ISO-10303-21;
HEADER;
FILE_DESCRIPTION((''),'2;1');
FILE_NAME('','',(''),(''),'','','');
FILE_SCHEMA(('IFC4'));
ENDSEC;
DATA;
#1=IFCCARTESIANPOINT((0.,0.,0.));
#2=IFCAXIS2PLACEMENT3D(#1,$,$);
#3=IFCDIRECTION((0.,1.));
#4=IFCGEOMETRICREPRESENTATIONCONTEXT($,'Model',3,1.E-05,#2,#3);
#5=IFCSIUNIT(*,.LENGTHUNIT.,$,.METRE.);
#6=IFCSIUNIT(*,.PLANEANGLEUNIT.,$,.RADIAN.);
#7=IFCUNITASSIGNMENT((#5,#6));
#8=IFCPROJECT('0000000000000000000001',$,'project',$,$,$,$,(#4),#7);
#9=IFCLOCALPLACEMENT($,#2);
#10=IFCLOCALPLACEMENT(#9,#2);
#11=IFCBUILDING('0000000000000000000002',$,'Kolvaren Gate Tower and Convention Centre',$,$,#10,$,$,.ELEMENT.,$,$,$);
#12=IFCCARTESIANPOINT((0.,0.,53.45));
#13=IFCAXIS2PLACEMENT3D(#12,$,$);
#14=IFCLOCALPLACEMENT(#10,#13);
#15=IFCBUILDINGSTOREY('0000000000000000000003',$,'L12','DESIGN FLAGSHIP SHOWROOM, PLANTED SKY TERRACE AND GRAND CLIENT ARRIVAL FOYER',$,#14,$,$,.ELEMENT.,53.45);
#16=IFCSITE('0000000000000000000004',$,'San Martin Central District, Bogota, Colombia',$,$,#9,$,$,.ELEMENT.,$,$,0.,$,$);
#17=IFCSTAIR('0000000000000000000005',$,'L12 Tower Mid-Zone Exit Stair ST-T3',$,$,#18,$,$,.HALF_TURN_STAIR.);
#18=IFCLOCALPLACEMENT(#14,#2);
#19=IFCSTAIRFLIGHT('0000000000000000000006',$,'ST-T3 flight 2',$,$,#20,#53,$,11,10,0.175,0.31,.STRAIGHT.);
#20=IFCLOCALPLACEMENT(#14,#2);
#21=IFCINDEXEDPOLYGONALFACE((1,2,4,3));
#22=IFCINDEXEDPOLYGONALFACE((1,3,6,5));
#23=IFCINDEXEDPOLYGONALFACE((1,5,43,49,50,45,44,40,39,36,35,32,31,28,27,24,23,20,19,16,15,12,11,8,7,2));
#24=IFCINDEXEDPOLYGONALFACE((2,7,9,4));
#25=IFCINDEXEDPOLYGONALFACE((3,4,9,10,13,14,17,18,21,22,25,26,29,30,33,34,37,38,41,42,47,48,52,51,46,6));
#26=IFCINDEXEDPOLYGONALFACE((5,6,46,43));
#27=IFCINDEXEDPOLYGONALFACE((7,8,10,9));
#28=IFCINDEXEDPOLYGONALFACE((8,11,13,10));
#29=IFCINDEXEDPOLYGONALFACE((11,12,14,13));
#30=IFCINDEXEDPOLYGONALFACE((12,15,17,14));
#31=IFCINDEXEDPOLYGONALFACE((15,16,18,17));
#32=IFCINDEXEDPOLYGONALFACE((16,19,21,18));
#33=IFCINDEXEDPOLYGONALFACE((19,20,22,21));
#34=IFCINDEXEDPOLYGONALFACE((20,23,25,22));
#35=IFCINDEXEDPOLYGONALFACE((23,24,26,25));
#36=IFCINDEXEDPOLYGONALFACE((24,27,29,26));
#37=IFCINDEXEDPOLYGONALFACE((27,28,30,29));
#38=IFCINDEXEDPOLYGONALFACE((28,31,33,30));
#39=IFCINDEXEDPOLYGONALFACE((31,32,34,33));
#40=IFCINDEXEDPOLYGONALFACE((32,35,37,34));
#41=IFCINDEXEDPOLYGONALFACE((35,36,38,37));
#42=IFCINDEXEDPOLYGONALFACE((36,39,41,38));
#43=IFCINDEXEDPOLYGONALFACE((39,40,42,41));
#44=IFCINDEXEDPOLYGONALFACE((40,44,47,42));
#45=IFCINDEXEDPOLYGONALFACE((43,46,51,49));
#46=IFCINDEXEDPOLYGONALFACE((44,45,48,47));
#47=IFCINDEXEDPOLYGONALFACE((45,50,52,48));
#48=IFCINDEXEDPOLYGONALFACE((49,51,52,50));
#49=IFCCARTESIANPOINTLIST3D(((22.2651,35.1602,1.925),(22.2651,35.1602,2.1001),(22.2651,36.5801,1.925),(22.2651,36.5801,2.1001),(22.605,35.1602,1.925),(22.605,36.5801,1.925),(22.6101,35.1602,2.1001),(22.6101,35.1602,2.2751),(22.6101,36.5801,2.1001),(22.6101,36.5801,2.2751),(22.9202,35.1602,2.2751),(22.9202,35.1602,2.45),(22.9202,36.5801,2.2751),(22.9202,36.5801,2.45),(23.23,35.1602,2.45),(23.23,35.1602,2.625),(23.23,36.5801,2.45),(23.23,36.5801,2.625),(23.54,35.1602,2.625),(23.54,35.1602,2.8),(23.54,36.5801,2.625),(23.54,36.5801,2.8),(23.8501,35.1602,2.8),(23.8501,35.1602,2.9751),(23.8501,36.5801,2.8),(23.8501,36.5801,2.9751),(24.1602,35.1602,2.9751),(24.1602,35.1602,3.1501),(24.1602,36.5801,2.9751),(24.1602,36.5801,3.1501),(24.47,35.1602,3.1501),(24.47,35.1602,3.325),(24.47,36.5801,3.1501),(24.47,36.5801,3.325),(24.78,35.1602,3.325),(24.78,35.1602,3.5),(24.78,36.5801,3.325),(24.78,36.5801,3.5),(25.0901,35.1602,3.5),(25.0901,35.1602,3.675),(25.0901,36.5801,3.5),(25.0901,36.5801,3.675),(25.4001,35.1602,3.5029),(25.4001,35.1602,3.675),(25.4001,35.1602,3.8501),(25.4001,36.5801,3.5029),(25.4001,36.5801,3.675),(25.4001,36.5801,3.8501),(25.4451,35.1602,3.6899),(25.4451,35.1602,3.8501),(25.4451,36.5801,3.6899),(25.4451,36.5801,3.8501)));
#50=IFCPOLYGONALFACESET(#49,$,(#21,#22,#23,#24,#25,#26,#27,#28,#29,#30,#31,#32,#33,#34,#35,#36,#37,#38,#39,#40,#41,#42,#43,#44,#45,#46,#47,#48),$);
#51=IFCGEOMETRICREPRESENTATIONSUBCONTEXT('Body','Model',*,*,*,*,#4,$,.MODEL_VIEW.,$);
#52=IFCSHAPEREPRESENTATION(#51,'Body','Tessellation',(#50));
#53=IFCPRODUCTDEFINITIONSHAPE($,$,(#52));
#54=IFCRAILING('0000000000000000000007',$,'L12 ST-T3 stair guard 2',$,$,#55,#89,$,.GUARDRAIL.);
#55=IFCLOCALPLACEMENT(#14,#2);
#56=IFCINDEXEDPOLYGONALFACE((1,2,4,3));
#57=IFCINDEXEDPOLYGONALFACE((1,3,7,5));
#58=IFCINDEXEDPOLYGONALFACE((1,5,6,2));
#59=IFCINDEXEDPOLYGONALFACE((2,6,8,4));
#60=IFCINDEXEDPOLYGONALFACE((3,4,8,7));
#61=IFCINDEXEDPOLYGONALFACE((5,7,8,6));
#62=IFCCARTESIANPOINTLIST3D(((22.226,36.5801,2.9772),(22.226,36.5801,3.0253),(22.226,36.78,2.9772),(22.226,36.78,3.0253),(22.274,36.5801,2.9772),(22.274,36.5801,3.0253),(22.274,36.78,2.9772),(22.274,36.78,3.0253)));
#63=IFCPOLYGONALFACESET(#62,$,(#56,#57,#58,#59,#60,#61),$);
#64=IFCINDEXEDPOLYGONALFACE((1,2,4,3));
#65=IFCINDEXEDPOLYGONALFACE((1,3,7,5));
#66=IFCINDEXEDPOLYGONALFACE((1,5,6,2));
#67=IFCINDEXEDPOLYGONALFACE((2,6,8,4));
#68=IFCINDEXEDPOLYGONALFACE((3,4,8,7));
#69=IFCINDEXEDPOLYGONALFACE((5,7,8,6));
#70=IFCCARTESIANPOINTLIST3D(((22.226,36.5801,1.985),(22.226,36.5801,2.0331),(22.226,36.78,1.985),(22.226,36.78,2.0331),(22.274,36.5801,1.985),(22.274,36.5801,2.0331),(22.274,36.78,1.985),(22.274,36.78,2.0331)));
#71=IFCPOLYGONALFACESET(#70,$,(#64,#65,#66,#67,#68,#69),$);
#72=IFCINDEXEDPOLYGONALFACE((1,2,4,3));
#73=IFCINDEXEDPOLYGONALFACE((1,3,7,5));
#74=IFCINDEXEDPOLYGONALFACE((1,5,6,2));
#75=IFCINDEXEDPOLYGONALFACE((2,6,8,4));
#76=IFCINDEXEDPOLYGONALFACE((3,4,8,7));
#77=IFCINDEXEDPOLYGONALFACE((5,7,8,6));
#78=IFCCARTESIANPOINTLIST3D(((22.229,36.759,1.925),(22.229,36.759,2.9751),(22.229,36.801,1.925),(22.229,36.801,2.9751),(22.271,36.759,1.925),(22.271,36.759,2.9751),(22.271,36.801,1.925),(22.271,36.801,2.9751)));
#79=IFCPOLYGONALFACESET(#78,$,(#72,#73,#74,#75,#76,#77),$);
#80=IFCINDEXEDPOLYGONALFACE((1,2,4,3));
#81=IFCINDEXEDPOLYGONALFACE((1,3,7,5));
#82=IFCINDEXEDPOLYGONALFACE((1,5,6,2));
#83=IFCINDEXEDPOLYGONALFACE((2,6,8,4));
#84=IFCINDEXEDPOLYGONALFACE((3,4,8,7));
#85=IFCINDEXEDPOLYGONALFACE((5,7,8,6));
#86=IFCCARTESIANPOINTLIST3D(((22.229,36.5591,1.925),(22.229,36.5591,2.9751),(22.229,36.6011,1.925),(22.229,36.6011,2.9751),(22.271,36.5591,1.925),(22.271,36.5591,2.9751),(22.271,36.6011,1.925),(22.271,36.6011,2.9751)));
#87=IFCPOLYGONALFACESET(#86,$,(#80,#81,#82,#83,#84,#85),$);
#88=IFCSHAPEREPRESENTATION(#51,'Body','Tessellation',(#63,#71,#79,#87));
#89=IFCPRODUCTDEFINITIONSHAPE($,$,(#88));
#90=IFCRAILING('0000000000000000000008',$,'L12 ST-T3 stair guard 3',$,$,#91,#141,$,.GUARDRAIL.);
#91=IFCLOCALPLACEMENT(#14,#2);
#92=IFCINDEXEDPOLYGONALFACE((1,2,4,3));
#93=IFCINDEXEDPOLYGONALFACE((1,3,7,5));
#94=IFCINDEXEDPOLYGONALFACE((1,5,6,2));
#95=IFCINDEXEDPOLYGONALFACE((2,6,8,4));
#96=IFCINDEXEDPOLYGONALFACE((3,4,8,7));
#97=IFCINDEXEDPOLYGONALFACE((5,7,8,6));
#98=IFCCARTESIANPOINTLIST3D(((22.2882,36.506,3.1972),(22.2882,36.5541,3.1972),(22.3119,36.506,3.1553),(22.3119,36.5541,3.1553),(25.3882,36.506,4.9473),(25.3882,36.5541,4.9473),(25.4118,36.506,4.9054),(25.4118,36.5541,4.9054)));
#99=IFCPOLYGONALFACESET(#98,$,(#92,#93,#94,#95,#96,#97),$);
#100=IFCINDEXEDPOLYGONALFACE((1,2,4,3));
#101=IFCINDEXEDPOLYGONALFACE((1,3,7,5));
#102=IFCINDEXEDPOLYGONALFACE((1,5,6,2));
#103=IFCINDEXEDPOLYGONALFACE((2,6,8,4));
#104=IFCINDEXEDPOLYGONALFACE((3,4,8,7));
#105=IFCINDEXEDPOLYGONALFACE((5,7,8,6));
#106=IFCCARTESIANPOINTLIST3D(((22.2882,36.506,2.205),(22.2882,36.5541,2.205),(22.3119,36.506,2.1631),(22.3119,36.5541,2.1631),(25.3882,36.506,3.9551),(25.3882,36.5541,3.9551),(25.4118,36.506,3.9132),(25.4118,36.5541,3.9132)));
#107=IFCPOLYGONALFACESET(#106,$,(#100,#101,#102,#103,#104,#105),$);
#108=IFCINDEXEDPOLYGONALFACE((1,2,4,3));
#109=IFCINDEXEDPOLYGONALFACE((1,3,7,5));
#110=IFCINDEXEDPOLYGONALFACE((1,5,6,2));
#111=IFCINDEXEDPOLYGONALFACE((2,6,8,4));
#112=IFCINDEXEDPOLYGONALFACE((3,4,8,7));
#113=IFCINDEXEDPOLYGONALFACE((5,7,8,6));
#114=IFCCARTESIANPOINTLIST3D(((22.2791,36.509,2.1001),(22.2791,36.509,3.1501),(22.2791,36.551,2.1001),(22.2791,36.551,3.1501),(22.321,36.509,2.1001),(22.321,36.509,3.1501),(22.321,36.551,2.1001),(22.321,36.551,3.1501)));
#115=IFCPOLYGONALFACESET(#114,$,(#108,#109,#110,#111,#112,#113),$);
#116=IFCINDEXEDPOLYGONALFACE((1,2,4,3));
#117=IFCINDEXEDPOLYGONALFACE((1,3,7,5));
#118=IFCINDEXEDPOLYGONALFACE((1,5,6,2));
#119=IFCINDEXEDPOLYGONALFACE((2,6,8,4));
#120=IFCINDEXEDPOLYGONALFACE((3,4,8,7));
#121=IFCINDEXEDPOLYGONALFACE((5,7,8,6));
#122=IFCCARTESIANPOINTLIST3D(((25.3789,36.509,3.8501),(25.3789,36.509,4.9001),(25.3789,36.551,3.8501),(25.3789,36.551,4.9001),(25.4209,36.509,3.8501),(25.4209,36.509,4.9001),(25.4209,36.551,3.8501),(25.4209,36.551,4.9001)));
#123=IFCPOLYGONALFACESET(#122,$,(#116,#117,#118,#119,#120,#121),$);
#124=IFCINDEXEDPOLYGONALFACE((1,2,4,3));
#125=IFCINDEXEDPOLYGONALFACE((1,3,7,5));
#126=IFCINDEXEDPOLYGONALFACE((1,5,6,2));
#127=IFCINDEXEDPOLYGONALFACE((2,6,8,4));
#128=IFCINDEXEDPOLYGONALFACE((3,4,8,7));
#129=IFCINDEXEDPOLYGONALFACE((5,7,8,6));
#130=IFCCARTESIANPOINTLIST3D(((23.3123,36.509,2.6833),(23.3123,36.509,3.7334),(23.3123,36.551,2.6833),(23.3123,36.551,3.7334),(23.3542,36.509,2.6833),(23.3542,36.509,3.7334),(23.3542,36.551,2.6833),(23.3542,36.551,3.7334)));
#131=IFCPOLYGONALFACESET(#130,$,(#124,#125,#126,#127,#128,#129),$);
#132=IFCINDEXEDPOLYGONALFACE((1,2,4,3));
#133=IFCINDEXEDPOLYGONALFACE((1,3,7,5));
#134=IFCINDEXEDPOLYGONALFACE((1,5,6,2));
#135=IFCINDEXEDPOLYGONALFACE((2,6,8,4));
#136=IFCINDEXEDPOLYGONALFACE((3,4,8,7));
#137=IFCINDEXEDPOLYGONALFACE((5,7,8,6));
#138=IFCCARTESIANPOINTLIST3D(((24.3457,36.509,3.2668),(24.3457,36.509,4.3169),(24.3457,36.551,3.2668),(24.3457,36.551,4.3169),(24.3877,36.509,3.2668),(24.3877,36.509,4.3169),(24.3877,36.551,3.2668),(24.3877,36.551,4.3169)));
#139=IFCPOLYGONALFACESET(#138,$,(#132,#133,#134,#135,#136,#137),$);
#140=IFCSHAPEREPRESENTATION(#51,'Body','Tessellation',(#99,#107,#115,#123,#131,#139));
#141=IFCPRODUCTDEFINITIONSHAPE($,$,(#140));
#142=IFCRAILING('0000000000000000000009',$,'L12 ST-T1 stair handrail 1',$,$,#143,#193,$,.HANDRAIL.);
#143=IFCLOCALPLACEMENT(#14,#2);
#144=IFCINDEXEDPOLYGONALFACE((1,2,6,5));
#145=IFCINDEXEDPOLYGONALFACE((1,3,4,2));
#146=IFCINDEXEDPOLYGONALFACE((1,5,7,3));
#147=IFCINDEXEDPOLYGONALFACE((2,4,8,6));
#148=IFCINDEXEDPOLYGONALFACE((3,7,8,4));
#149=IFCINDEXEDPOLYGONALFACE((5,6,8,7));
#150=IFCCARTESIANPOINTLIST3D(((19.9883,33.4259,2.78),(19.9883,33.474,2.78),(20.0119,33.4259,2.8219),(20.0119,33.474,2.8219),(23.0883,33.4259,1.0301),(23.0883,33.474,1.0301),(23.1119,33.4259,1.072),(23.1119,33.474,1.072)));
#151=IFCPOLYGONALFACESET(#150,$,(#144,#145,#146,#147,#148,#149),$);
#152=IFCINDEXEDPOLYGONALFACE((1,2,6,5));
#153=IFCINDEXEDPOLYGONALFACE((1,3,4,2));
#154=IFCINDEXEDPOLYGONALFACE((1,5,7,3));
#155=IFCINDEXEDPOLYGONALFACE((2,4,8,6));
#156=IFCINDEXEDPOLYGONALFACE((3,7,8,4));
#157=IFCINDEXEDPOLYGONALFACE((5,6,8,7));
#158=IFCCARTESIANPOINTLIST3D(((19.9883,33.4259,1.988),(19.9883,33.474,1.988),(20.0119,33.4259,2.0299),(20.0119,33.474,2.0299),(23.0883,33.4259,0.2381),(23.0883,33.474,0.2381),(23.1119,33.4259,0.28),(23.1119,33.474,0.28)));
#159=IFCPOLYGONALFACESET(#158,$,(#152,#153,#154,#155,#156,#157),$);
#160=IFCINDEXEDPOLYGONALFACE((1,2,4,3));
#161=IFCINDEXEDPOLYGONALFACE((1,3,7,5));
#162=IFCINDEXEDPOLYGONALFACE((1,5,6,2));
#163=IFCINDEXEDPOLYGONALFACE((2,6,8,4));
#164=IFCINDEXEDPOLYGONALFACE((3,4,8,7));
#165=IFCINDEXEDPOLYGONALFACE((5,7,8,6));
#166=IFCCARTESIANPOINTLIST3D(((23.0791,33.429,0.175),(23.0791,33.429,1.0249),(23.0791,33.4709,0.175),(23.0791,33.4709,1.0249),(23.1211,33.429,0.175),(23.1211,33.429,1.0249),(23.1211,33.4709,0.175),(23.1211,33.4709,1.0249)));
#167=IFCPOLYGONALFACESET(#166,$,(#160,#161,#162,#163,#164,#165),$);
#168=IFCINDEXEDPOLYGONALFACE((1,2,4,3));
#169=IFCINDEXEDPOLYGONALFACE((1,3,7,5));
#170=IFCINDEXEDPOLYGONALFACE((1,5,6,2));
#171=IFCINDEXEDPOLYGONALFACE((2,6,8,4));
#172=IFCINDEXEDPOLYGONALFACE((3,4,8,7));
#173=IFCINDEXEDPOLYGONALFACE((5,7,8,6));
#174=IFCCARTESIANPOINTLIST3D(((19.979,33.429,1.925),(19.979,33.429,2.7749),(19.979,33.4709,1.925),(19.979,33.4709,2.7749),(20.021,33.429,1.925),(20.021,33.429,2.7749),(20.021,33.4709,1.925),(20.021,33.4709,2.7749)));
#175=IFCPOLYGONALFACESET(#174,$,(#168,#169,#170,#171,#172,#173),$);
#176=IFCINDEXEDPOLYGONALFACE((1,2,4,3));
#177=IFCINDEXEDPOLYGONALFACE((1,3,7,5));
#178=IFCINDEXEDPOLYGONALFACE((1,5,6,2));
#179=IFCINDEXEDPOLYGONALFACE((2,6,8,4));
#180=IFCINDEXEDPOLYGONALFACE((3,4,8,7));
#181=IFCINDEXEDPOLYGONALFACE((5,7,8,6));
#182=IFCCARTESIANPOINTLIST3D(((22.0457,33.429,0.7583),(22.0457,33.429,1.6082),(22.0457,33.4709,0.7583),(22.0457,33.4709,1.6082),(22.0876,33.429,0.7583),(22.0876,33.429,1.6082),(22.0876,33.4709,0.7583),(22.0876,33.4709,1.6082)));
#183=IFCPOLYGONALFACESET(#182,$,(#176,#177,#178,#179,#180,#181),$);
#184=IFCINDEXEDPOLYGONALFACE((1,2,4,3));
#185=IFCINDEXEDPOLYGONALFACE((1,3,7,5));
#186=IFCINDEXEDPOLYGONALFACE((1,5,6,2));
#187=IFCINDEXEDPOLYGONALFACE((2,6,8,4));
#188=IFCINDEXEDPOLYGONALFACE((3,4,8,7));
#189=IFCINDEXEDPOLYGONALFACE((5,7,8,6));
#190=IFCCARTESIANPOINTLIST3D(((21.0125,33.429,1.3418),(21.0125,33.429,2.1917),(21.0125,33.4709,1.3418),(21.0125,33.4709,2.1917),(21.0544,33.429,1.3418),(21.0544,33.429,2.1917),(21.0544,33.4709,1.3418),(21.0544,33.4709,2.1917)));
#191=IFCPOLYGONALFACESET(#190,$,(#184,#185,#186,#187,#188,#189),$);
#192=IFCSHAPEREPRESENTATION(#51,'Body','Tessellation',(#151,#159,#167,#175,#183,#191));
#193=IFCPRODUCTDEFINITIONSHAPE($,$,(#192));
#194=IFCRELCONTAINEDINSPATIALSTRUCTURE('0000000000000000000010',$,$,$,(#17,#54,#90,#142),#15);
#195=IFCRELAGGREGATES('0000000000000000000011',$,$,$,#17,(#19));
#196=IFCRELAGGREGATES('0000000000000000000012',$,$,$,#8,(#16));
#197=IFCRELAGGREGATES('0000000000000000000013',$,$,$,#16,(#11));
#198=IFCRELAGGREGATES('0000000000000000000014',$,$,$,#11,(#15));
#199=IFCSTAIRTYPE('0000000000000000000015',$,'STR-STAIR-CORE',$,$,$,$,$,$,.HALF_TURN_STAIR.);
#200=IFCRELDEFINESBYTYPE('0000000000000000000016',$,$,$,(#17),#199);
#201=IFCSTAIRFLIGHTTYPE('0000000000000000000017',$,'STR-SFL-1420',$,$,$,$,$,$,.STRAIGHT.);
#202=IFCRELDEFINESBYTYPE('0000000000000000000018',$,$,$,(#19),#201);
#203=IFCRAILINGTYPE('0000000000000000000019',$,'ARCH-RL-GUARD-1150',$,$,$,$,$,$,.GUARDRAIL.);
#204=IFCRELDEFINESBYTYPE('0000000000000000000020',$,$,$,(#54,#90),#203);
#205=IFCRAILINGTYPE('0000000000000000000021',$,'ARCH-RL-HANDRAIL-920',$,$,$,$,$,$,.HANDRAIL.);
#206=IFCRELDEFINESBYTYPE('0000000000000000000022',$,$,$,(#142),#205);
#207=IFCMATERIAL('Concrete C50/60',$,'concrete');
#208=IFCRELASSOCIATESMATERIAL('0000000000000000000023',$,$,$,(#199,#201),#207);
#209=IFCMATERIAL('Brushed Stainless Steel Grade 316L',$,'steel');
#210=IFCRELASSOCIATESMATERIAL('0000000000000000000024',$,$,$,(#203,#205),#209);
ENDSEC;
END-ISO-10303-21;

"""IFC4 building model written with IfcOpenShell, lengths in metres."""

from ifc_helpers import new_model, si_unit, direction, frame, origin, origin_2d, place, context, subcontext, project, spatial, polyline, rectangle, outline, extrude, material, type_object, element, aggregate, save


model = new_model("IFC4")

# Units and contexts
model_context = context("Model", 3, precision=1e-05, world=origin(), true_north=direction((0.0, 1.0)))
body_context = subcontext(model_context, "Body", "Model", "MODEL_VIEW")
ifc_project = project(units=[si_unit("LENGTHUNIT", "METRE"), si_unit("PLANEANGLEUNIT", "RADIAN")], contexts=[model_context])

# Site, building, storey
site_placement = place(None, origin())
site = spatial("IfcSite", under=ifc_project, at=site_placement, Name="San Martin Central District, Bogota, Colombia", CompositionType="ELEMENT", RefElevation=0.0)
building_placement = place(site_placement, origin())
building = spatial("IfcBuilding", under=site, at=building_placement, Name="Kolvaren Gate Tower and Convention Centre", CompositionType="ELEMENT")
storey_placement = place(building_placement, frame((0.0, 0.0, 53.45)))
storey = spatial("IfcBuildingStorey", under=building, at=storey_placement, Name="L12", Description="DESIGN FLAGSHIP SHOWROOM, PLANTED SKY TERRACE AND GRAND CLIENT ARRIVAL FOYER", CompositionType="ELEMENT", Elevation=53.45)

# Shared definitions
ifc_material_1 = material(Name="Concrete C50/60", Category="concrete")

# Stair, stair flight
stair_type = type_object("IfcStairType", Name="STR-STAIR-CORE", PredefinedType="HALF_TURN_STAIR", material=ifc_material_1)
stair_placement = place(storey_placement, origin())
stair = element("IfcStair", 1, at=stair_placement, inside=storey, type_object=stair_type, Name="L12 Tower Mid-Zone Exit Stair ST-T3", PredefinedType="HALF_TURN_STAIR")
stair_flight_type = type_object("IfcStairFlightType", Name="STR-SFL-1420", PredefinedType="STRAIGHT", material=ifc_material_1)
stair_flight_placement = place(storey_placement, frame((22.3, 35.8701, 1.925), z_axis=(0.0, 0.0, 1.0), x_axis=(1.0, 0.0, 0.0)))
stair_flight = element("IfcStairFlight", 2, at=stair_flight_placement, type_object=stair_flight_type, Name="ST-T3 flight 2", NumberOfRisers=11, NumberOfTreads=10, PredefinedType="STRAIGHT", RiserHeight=0.175, TreadLength=0.31, context=body_context, shape_type="SweptSolid", body=[
    extrude(outline(polyline([(-0.0349, 0.0), (-0.0349, 0.175), (0.3101, 0.175), (0.3101, 0.3501), (0.6201, 0.3501), (0.6201, 0.5249), (0.9299, 0.5249), (0.9299, 0.7), (1.24, 0.7), (1.24, 0.875), (1.55, 0.875), (1.55, 1.05), (1.8601, 1.05), (1.8601, 1.2251), (2.1699, 1.2251), (2.1699, 1.3999), (2.48, 1.3999), (2.48, 1.575), (2.79, 1.575), (2.79, 1.75), (3.1001, 1.75), (3.1001, 1.925), (3.145, 1.925), (3.145, 1.7649), (3.1001, 1.5779), (0.3049, 0.0), (-0.0349, 0.0)])), frame((0.0, 0.71, 0.0), z_axis=(0.0, -1.0, 0.0), x_axis=(1.0, 0.0, 0.0)), (0.0, 0.0, 1.0), 1.4199),
])
aggregate(stair, [stair_flight])

# Railings
ifc_material_2 = material(Name="Brushed Stainless Steel Grade 316L", Category="steel")
railing_type_1 = type_object("IfcRailingType", Name="ARCH-RL-GUARD-1150", PredefinedType="GUARDRAIL", material=ifc_material_2)
railing_1_placement = place(storey_placement, frame((22.25, 36.78, 1.925)))
element("IfcRailing", 3, at=railing_1_placement, inside=storey, type_object=railing_type_1, Name="L12 ST-T3 stair guard 2", PredefinedType="GUARDRAIL", context=body_context, shape_type="SweptSolid", body=[
    extrude(rectangle(XDim=0.0481, YDim=0.0481, at=origin_2d()), frame((0.0, 0.0, 1.0762), z_axis=(0.0, -1.0, 0.0), x_axis=(1.0, 0.0, 0.0)), (0.0, 0.0, 1.0), 0.2),
    extrude(rectangle(XDim=0.0481, YDim=0.0481, at=origin_2d()), frame((0.0, 0.0, 0.084), z_axis=(0.0, -1.0, 0.0), x_axis=(1.0, 0.0, 0.0)), (0.0, 0.0, 1.0), 0.2),
    extrude(rectangle(XDim=0.042, YDim=0.042, at=origin_2d()), origin(), (0.0, 0.0, 1.0), 1.05),
    extrude(rectangle(XDim=0.042, YDim=0.042, at=origin_2d()), frame((0.0, -0.2, 0.0)), (0.0, 0.0, 1.0), 1.05),
])
railing_2_placement = place(storey_placement, frame((22.3, 36.53, 2.1001)))
element("IfcRailing", 4, at=railing_2_placement, inside=storey, type_object=railing_type_1, Name="L12 ST-T3 stair guard 3", PredefinedType="GUARDRAIL", context=body_context, shape_type="SweptSolid", body=[
    extrude(rectangle(XDim=0.0481, YDim=0.0481, at=origin_2d()), frame((0.0, 0.0, 1.0762), z_axis=(0.870814, 0.0, 0.491612), x_axis=(0.0, 1.0, 0.0)), (0.0, 0.0, 1.0), 3.5598),
    extrude(rectangle(XDim=0.0481, YDim=0.0481, at=origin_2d()), frame((0.0, 0.0, 0.084), z_axis=(0.870814, 0.0, 0.491612), x_axis=(0.0, 1.0, 0.0)), (0.0, 0.0, 1.0), 3.5598),
    extrude(rectangle(XDim=0.042, YDim=0.042, at=origin_2d()), origin(), (0.0, 0.0, 1.0), 1.05),
    extrude(rectangle(XDim=0.042, YDim=0.042, at=origin_2d()), frame((3.0999, 0.0, 1.75)), (0.0, 0.0, 1.0), 1.05),
    extrude(rectangle(XDim=0.042, YDim=0.042, at=origin_2d()), frame((1.0332, 0.0, 0.5833)), (0.0, 0.0, 1.0), 1.05),
    extrude(rectangle(XDim=0.042, YDim=0.042, at=origin_2d()), frame((2.0667, 0.0, 1.1667)), (0.0, 0.0, 1.0), 1.05),
])
railing_type_2 = type_object("IfcRailingType", Name="ARCH-RL-HANDRAIL-920", PredefinedType="HANDRAIL", material=ifc_material_2)
railing_3_placement = place(storey_placement, frame((23.1001, 33.45, 0.175)))
element("IfcRailing", 5, at=railing_3_placement, inside=storey, type_object=railing_type_2, Name="L12 ST-T1 stair handrail 1", PredefinedType="HANDRAIL", context=body_context, shape_type="SweptSolid", body=[
    extrude(rectangle(XDim=0.0481, YDim=0.0481, at=origin_2d()), frame((0.0, 0.0, 0.876), z_axis=(-0.870831, 0.0, 0.491583), x_axis=(0.0, -1.0, 0.0)), (0.0, 0.0, 1.0), 3.5598),
    extrude(rectangle(XDim=0.0481, YDim=0.0481, at=origin_2d()), frame((0.0, 0.0, 0.084), z_axis=(-0.870831, 0.0, 0.491583), x_axis=(0.0, -1.0, 0.0)), (0.0, 0.0, 1.0), 3.5598),
    extrude(rectangle(XDim=0.042, YDim=0.042, at=origin_2d()), origin(), (0.0, 0.0, 1.0), 0.8499),
    extrude(rectangle(XDim=0.042, YDim=0.042, at=origin_2d()), frame((-3.1001, 0.0, 1.75)), (0.0, 0.0, 1.0), 0.8499),
    extrude(rectangle(XDim=0.042, YDim=0.042, at=origin_2d()), frame((-1.0334, 0.0, 0.5833)), (0.0, 0.0, 1.0), 0.8499),
    extrude(rectangle(XDim=0.042, YDim=0.042, at=origin_2d()), frame((-2.0667, 0.0, 1.1667)), (0.0, 0.0, 1.0), 0.8499),
])

save(model, "model.ifc")
